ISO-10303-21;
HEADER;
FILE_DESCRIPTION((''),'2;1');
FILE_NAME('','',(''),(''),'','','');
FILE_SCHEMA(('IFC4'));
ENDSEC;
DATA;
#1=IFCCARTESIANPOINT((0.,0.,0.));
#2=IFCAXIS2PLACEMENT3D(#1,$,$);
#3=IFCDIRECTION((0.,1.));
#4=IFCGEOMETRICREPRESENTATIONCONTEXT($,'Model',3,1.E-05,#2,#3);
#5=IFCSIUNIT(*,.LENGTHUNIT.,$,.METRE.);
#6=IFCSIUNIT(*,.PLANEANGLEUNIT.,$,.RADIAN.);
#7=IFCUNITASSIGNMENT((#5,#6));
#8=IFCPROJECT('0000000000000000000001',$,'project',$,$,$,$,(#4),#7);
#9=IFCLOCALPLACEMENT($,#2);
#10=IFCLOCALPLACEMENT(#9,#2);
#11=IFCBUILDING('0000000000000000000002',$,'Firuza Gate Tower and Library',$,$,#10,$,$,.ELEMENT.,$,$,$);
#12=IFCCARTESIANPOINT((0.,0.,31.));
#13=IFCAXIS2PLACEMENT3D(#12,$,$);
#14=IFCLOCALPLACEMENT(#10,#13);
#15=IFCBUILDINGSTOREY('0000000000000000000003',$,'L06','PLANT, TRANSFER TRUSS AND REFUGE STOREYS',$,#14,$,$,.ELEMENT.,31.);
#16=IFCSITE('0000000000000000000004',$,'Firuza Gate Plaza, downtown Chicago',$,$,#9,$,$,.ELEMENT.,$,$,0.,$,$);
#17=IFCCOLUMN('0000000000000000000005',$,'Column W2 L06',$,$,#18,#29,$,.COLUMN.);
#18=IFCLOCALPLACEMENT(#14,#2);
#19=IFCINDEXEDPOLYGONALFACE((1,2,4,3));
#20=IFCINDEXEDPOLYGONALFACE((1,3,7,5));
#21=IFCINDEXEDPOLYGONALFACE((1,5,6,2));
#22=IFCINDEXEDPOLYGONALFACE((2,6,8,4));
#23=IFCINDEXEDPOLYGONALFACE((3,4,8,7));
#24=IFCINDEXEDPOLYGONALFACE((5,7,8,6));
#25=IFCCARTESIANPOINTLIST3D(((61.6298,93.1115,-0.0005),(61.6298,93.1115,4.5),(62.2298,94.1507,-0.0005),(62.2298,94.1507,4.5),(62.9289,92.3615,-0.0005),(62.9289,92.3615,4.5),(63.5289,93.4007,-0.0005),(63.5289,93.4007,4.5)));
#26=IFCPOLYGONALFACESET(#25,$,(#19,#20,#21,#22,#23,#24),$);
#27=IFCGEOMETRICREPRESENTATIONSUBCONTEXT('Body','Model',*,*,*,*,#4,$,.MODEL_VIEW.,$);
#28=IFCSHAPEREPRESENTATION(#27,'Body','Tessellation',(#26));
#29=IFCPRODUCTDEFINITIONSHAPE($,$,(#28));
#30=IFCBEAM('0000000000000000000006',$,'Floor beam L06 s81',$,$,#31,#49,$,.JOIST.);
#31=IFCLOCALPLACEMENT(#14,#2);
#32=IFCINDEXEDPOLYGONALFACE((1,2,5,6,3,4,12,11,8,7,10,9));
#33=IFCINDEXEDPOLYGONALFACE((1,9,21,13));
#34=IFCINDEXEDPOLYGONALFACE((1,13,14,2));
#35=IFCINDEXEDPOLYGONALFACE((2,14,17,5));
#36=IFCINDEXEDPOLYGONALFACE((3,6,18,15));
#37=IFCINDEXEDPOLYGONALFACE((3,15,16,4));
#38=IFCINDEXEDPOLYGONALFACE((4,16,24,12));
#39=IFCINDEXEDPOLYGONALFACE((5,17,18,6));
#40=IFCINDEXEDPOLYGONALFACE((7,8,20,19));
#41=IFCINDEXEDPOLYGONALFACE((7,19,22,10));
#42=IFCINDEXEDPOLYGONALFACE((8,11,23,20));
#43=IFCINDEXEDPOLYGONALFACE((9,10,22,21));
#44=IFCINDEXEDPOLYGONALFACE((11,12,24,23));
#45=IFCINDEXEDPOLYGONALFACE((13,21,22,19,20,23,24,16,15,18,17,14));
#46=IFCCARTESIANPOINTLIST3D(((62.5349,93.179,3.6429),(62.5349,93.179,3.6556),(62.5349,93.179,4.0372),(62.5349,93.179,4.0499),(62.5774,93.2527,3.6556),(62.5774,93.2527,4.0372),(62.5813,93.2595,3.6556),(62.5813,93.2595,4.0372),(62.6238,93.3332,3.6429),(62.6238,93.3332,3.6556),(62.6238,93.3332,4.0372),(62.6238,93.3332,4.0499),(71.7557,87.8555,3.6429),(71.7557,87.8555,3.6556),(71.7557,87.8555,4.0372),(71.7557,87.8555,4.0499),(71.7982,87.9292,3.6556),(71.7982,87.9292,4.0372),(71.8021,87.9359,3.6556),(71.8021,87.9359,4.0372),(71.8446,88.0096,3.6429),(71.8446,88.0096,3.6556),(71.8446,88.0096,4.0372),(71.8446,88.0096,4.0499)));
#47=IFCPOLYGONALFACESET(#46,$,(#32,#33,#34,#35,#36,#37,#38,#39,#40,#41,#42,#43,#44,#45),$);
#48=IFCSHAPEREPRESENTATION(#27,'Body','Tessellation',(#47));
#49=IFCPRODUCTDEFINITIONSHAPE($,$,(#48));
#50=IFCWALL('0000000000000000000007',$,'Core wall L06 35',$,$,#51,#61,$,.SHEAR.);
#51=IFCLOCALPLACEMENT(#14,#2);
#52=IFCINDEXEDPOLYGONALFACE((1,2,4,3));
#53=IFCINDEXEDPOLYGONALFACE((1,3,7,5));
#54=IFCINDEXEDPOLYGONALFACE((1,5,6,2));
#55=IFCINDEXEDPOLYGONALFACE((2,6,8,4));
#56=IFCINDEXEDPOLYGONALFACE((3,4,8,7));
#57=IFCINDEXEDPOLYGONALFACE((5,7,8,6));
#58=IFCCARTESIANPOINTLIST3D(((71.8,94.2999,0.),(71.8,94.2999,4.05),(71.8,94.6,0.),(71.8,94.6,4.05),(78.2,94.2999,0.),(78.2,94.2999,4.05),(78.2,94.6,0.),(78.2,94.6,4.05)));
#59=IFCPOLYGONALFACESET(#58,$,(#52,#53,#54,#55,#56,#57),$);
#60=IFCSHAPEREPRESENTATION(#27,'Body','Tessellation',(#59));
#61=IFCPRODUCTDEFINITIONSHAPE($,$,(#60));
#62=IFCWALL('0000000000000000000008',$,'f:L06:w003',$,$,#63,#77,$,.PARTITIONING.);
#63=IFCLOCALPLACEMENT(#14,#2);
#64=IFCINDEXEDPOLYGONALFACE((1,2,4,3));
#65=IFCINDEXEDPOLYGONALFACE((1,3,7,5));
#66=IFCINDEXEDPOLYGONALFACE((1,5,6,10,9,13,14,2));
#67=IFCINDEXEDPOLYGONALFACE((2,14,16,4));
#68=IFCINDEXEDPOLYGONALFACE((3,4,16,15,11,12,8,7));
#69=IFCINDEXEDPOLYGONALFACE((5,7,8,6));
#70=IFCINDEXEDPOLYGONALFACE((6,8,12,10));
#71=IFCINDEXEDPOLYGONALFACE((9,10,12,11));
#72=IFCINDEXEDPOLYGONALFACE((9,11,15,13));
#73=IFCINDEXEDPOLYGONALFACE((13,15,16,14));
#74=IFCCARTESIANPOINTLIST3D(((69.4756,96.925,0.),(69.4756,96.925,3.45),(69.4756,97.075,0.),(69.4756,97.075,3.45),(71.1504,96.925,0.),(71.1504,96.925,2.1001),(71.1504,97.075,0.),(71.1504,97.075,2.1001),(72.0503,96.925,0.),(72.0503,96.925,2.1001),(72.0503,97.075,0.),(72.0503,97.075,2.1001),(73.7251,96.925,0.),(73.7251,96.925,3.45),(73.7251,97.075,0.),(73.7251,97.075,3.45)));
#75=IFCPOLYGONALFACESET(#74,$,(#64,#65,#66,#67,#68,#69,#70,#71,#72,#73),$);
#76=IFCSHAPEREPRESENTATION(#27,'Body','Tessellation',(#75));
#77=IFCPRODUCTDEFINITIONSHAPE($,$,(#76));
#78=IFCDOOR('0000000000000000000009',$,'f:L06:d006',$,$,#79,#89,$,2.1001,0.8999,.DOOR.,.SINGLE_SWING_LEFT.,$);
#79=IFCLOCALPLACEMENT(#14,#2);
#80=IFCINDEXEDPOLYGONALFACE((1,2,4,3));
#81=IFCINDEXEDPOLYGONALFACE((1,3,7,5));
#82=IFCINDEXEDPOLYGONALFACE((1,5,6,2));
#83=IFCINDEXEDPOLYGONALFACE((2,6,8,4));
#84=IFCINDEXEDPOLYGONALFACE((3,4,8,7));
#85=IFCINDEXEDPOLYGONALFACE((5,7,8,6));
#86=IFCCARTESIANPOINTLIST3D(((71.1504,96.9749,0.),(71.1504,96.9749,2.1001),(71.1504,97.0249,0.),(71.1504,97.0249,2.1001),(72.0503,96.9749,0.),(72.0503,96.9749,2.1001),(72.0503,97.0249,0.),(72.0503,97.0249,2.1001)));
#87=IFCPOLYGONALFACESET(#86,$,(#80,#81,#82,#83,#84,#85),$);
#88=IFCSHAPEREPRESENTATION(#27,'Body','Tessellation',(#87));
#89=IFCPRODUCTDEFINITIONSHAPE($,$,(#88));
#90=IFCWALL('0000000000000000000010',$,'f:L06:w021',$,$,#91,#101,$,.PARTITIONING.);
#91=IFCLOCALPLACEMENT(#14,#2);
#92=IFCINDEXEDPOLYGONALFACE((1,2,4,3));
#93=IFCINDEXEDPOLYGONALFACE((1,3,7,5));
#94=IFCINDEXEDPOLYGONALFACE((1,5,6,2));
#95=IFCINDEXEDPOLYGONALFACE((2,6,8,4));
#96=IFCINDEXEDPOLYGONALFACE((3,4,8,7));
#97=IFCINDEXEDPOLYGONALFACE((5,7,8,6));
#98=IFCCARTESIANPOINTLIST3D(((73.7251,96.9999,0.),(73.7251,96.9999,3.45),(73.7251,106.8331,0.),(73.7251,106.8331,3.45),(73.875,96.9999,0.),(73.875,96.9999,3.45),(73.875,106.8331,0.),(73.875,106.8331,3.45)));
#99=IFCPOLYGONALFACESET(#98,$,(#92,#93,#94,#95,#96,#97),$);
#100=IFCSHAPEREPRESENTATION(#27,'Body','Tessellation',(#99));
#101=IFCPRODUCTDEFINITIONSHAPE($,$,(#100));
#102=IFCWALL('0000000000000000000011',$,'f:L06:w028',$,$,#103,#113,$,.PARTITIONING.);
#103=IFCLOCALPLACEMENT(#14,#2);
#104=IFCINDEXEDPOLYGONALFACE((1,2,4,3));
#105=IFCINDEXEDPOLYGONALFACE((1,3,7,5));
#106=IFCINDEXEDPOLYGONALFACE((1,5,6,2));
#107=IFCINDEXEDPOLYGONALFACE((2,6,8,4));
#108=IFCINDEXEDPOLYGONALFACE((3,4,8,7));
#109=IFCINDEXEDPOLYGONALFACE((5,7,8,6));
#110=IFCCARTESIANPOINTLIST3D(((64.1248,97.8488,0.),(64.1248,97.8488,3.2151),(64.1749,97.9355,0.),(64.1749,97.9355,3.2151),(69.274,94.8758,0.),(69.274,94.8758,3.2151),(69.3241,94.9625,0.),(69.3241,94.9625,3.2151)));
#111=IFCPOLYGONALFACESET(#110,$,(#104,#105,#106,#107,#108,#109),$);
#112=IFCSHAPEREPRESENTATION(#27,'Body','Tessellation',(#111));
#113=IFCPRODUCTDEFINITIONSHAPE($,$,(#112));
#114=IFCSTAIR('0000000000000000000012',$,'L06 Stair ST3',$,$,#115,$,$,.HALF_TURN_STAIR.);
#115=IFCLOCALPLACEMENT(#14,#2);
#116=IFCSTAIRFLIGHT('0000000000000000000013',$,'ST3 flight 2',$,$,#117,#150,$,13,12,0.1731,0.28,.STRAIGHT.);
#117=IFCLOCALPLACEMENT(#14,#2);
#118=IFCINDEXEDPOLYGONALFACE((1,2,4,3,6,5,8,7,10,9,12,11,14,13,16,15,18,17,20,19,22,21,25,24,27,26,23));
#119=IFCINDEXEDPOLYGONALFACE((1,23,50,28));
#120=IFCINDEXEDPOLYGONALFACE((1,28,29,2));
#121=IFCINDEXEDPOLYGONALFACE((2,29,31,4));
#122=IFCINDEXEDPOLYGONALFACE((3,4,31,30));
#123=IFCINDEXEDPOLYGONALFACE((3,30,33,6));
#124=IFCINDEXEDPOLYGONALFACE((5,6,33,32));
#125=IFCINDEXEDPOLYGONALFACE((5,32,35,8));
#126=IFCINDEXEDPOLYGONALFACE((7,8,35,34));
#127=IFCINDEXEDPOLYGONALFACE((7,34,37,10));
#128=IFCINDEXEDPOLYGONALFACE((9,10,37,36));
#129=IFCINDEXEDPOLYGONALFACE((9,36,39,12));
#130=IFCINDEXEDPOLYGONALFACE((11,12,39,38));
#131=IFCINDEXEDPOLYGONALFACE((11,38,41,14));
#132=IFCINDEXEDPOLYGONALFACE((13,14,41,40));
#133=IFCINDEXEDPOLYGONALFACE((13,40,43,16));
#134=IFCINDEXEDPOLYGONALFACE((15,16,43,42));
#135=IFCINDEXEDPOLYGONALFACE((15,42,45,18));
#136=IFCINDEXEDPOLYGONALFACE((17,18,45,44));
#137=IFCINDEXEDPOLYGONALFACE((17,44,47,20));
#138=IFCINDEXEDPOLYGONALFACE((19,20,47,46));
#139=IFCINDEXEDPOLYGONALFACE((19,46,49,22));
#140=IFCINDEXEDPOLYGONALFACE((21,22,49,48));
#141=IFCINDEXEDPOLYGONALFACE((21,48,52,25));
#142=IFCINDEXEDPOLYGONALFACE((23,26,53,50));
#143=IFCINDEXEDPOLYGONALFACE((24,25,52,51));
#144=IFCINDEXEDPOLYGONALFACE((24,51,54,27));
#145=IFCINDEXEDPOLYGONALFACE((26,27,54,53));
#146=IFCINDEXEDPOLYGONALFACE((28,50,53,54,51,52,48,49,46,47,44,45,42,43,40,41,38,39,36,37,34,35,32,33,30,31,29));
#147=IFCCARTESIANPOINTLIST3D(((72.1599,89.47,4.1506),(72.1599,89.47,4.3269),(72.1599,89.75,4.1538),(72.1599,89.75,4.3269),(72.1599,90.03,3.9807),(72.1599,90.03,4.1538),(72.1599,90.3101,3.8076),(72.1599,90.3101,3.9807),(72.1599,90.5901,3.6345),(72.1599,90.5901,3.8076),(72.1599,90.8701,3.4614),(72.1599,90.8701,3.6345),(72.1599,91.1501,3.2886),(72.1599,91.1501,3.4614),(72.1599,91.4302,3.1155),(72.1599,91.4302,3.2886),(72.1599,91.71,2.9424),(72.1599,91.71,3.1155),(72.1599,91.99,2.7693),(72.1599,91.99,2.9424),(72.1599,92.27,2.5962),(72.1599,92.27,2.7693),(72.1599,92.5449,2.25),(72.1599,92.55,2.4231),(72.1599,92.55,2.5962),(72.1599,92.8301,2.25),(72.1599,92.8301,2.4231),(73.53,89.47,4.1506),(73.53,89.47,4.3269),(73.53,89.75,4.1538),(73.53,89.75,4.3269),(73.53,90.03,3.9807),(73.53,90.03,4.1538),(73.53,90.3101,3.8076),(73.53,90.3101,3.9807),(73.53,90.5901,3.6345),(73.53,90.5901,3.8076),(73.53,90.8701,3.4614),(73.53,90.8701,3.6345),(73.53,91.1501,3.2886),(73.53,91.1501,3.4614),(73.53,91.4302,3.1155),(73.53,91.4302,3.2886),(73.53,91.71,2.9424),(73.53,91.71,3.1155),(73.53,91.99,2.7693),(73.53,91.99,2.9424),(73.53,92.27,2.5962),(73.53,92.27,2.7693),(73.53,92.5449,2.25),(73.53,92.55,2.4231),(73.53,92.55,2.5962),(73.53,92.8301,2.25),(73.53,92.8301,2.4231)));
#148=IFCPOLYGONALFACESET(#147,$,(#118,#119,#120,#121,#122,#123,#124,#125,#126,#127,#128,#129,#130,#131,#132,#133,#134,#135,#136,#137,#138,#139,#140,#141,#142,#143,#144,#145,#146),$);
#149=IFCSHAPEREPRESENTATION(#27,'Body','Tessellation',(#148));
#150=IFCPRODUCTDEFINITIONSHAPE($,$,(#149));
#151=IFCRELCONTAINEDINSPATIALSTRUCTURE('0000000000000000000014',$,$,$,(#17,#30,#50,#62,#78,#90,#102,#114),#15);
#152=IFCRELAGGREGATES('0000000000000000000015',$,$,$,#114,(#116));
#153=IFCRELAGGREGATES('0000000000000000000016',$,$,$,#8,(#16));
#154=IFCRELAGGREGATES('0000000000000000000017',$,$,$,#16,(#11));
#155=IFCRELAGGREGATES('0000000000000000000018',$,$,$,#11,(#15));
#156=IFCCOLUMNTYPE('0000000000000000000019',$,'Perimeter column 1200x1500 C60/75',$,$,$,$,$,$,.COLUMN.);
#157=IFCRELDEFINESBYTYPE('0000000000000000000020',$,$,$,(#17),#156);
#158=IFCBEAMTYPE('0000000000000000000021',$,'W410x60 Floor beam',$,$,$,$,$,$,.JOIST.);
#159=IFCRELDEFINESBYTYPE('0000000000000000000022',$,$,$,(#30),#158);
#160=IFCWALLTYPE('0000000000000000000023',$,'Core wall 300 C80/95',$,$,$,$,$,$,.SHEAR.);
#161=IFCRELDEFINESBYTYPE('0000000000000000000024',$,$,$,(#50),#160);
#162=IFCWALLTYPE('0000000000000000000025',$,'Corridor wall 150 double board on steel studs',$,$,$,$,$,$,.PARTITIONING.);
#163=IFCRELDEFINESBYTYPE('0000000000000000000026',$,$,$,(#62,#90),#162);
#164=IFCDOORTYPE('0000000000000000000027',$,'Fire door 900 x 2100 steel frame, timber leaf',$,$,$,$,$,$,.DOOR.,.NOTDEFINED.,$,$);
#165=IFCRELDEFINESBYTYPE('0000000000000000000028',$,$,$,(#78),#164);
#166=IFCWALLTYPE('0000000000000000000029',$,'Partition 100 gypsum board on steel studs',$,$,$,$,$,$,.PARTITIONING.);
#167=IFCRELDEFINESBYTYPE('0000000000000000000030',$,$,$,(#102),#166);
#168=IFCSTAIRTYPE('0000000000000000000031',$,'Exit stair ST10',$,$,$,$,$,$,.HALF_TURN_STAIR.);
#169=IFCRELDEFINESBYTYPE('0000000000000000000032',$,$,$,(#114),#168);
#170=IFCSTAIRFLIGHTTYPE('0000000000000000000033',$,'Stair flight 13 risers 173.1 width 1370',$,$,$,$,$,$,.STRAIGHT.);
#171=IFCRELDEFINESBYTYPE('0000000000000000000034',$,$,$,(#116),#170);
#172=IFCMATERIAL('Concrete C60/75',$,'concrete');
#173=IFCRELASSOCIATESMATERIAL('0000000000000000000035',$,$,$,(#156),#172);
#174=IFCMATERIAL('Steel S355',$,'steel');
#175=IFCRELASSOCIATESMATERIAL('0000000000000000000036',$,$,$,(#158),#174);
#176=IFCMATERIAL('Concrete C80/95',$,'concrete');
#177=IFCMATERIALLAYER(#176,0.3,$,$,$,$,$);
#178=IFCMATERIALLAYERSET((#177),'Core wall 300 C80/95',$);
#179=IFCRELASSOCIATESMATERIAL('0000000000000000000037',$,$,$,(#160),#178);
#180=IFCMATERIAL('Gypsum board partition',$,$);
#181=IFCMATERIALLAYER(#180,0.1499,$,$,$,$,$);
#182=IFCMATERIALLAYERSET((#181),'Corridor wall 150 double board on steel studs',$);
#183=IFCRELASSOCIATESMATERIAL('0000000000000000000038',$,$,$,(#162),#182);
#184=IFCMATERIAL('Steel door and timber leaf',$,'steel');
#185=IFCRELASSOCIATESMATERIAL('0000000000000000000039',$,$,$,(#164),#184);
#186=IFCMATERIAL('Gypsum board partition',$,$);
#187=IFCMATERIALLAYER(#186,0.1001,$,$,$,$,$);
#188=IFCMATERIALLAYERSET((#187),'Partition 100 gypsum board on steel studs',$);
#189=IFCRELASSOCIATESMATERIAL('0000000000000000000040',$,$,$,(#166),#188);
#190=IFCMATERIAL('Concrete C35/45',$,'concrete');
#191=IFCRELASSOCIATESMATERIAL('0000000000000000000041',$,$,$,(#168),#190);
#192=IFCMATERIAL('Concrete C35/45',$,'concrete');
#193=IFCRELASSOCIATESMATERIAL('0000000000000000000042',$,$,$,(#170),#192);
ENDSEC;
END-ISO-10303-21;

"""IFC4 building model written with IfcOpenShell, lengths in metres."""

from ifc_helpers import new_model, si_unit, direction, frame, frame_2d, origin, origin_2d, place, context, subcontext, project, spatial, polyline, rectangle, i_section, outline, extrude, material, layer, layer_set, material_profile, profile_set, type_object, element, fill, aggregate, save


model = new_model("IFC4")

# Units and contexts
model_context = context("Model", 3, precision=1e-05, world=origin(), true_north=direction((0.0, 1.0)))
body_context = subcontext(model_context, "Body", "Model", "MODEL_VIEW")
ifc_project = project(units=[si_unit("LENGTHUNIT", "METRE"), si_unit("PLANEANGLEUNIT", "RADIAN")], contexts=[model_context])

# Site, building, storey
site_placement = place(None, origin())
site = spatial("IfcSite", under=ifc_project, at=site_placement, Name="Firuza Gate Plaza, downtown Chicago", CompositionType="ELEMENT", RefElevation=0.0)
building_placement = place(site_placement, origin())
building = spatial("IfcBuilding", under=site, at=building_placement, Name="Firuza Gate Tower and Library", CompositionType="ELEMENT")
storey_placement = place(building_placement, frame((0.0, 0.0, 31.0)))
storey = spatial("IfcBuildingStorey", under=building, at=storey_placement, Name="L06", Description="PLANT, TRANSFER TRUSS AND REFUGE STOREYS", CompositionType="ELEMENT", Elevation=31.0)

# Column
ifc_material_1 = material(Name="Concrete C60/75", Category="concrete")
ifc_material_profile_1 = material_profile(ifc_material_1, rectangle(XDim=1.2, YDim=1.5, at=origin_2d()))
ifc_profile_set_1 = profile_set([ifc_material_profile_1], Name="Concrete C60/75")
column_type = type_object("IfcColumnType", Name="Perimeter column 1200x1500 C60/75", PredefinedType="COLUMN", material=ifc_profile_set_1)
column_placement = place(storey_placement, frame((62.5793, 93.2561, -0.0005), z_axis=(0.0, 0.0, 1.0), x_axis=(-0.5, -0.866025, 0.0)))
element("IfcColumn", 1, at=column_placement, inside=storey, type_object=column_type, Name="Column W2 L06", PredefinedType="COLUMN", context=body_context, shape_type="SweptSolid", body=[
    extrude(rectangle(XDim=1.2, YDim=1.5, at=origin_2d()), origin(), (0.0, 0.0, 1.0), 4.5005),
])

# Beam
ifc_material_2 = material(Name="Steel S355", Category="steel")
ifc_material_profile_2 = material_profile(ifc_material_2, i_section(OverallWidth=0.178, OverallDepth=0.407, WebThickness=0.0078, FlangeThickness=0.0127, at=origin_2d()))
ifc_profile_set_2 = profile_set([ifc_material_profile_2], Name="Steel S355")
beam_type = type_object("IfcBeamType", Name="W410x60 Floor beam", PredefinedType="JOIST", material=ifc_profile_set_2)
beam_placement = place(storey_placement, frame((62.5793, 93.2561, 3.8464), z_axis=(0.866029, -0.499994, 0.0), x_axis=(0.499994, 0.866029, 0.0)))
element("IfcBeam", 2, at=beam_placement, inside=storey, type_object=beam_type, Name="Floor beam L06 s81", PredefinedType="JOIST", context=body_context, shape_type="SweptSolid", body=[
    extrude(i_section(OverallWidth=0.178, OverallDepth=0.407, WebThickness=0.0078, FlangeThickness=0.0127, at=origin_2d()), origin(), (0.0, 0.0, 1.0), 10.6472),
])

# Wall
ifc_material_3 = material(Name="Concrete C80/95", Category="concrete")
ifc_layer_1 = layer(ifc_material_3, 0.3)
ifc_layer_set_1 = layer_set([ifc_layer_1], Name="Core wall 300 C80/95")
wall_type_1 = type_object("IfcWallType", Name="Core wall 300 C80/95", PredefinedType="SHEAR", material=ifc_layer_set_1)
wall_1_placement = place(storey_placement, frame((71.8, 94.45, 0.0), z_axis=(0.0, 0.0, 1.0), x_axis=(1.0, 0.0, 0.0)))
element("IfcWall", 3, at=wall_1_placement, inside=storey, type_object=wall_type_1, Name="Core wall L06 35", PredefinedType="SHEAR", context=body_context, shape_type="SweptSolid", body=[
    extrude(rectangle(XDim=6.3999, YDim=0.3, at=frame_2d((3.2, 0.0))), origin(), (0.0, 0.0, 1.0), 4.05),
])

# Wall, opening, door
ifc_material_4 = material(Name="Gypsum board partition")
ifc_layer_2 = layer(ifc_material_4, 0.1499)
ifc_layer_set_2 = layer_set([ifc_layer_2], Name="Corridor wall 150 double board on steel studs")
wall_type_2 = type_object("IfcWallType", Name="Corridor wall 150 double board on steel studs", PredefinedType="PARTITIONING", material=ifc_layer_set_2)
wall_2_placement = place(storey_placement, frame((69.4756, 97.0, 0.0), z_axis=(0.0, 0.0, 1.0), x_axis=(1.0, 0.0, 0.0)))
wall_2 = element("IfcWall", 4, at=wall_2_placement, inside=storey, type_object=wall_type_2, Name="f:L06:w003", PredefinedType="PARTITIONING", context=body_context, shape_type="SweptSolid", body=[
    extrude(rectangle(XDim=4.2495, YDim=0.1499, at=frame_2d((2.1248, 0.0))), origin(), (0.0, 0.0, 1.0), 3.45),
])
opening_placement = place(wall_2_placement, frame((1.6748, 0.0, 0.0)))
opening = element("IfcOpeningElement", 5, at=opening_placement, cuts=wall_2, PredefinedType="OPENING", context=body_context, shape_type="SweptSolid", body=[
    extrude(rectangle(XDim=0.8999, YDim=2.1001, at=frame_2d((0.45, 1.05))), frame((0.0, 0.085, 0.0), z_axis=(0.0, -1.0, 0.0), x_axis=(1.0, 0.0, 0.0)), (0.0, 0.0, 1.0), 0.1699),
])
ifc_material_5 = material(Name="Steel door and timber leaf", Category="steel")
door_type = type_object("IfcDoorType", Name="Fire door 900 x 2100 steel frame, timber leaf", OperationType="NOTDEFINED", PredefinedType="DOOR", material=ifc_material_5)
door_placement = place(opening_placement, origin())
door = element("IfcDoor", 6, at=door_placement, inside=storey, type_object=door_type, Name="f:L06:d006", OperationType="SINGLE_SWING_LEFT", OverallHeight=2.1001, OverallWidth=0.8999, PredefinedType="DOOR", context=body_context, shape_type="SweptSolid", body=[
    extrude(rectangle(XDim=0.8999, YDim=2.1001, at=frame_2d((0.45, 1.05))), frame((0.0, 0.0249, 0.0), z_axis=(0.0, -1.0, 0.0), x_axis=(1.0, 0.0, 0.0)), (0.0, 0.0, 1.0), 0.05),
])
fill(opening, door)

# Walls
wall_3_placement = place(storey_placement, frame((73.8, 97.0, 0.0), z_axis=(0.0, 0.0, 1.0), x_axis=(0.0, 1.0, 0.0)))
element("IfcWall", 7, at=wall_3_placement, inside=storey, type_object=wall_type_2, Name="f:L06:w021", PredefinedType="PARTITIONING", context=body_context, shape_type="SweptSolid", body=[
    extrude(rectangle(XDim=9.8333, YDim=0.1499, at=frame_2d((4.9165, 0.0))), origin(), (0.0, 0.0, 1.0), 3.45),
])
ifc_material_6 = material(Name="Gypsum board partition")
ifc_layer_3 = layer(ifc_material_6, 0.1001)
ifc_layer_set_3 = layer_set([ifc_layer_3], Name="Partition 100 gypsum board on steel studs")
wall_type_3 = type_object("IfcWallType", Name="Partition 100 gypsum board on steel studs", PredefinedType="PARTITIONING", material=ifc_layer_set_3)
wall_4_placement = place(storey_placement, frame((69.2991, 94.9192, 0.0), z_axis=(0.0, 0.0, 1.0), x_axis=(-0.866024, 0.500003, 0.0)))
element("IfcWall", 8, at=wall_4_placement, inside=storey, type_object=wall_type_3, Name="f:L06:w028", PredefinedType="PARTITIONING", context=body_context, shape_type="SweptSolid", body=[
    extrude(rectangle(XDim=5.9458, YDim=0.1001, at=frame_2d((2.9729, 0.0))), origin(), (0.0, 0.0, 1.0), 3.2151),
])

# Stair, stair flight
ifc_material_7 = material(Name="Concrete C35/45", Category="concrete")
stair_type = type_object("IfcStairType", Name="Exit stair ST10", PredefinedType="HALF_TURN_STAIR", material=ifc_material_7)
stair_placement = place(storey_placement, origin())
stair = element("IfcStair", 9, at=stair_placement, inside=storey, type_object=stair_type, Name="L06 Stair ST3", PredefinedType="HALF_TURN_STAIR")
ifc_material_8 = material(Name="Concrete C35/45", Category="concrete")
stair_flight_type = type_object("IfcStairFlightType", Name="Stair flight 13 risers 173.1 width 1370", PredefinedType="STRAIGHT", material=ifc_material_8)
stair_flight_placement = place(storey_placement, frame((72.845, 92.8301, 2.25), z_axis=(0.0, 0.0, 1.0), x_axis=(0.0, -1.0, 0.0)))
stair_flight = element("IfcStairFlight", 10, at=stair_flight_placement, type_object=stair_flight_type, Name="ST3 flight 2", NumberOfRisers=13, NumberOfTreads=12, PredefinedType="STRAIGHT", RiserHeight=0.1731, TreadLength=0.28, context=body_context, shape_type="SweptSolid", body=[
    extrude(outline(polyline([(0.0, 0.0), (0.0, 0.1731), (0.28, 0.1731), (0.28, 0.3462), (0.5601, 0.3462), (0.5601, 0.5193), (0.8401, 0.5193), (0.8401, 0.6924), (1.1201, 0.6924), (1.1201, 0.8655), (1.3999, 0.8655), (1.3999, 1.0386), (1.6799, 1.0386), (1.6799, 1.2114), (1.96, 1.2114), (1.96, 1.3845), (2.24, 1.3845), (2.24, 1.5576), (2.52, 1.5576), (2.52, 1.7307), (2.8, 1.7307), (2.8, 1.9038), (3.0801, 1.9038), (3.0801, 2.0769), (3.3601, 2.0769), (3.3601, 2.25), (3.3601, 1.9006), (0.2852, 0.0), (0.0, 0.0)])), frame((0.0, 0.6851, 0.0), z_axis=(0.0, -1.0, 0.0), x_axis=(1.0, 0.0, 0.0)), (0.0, 0.0, 1.0), 1.3701),
])
aggregate(stair, [stair_flight])

save(model, "model.ifc")
